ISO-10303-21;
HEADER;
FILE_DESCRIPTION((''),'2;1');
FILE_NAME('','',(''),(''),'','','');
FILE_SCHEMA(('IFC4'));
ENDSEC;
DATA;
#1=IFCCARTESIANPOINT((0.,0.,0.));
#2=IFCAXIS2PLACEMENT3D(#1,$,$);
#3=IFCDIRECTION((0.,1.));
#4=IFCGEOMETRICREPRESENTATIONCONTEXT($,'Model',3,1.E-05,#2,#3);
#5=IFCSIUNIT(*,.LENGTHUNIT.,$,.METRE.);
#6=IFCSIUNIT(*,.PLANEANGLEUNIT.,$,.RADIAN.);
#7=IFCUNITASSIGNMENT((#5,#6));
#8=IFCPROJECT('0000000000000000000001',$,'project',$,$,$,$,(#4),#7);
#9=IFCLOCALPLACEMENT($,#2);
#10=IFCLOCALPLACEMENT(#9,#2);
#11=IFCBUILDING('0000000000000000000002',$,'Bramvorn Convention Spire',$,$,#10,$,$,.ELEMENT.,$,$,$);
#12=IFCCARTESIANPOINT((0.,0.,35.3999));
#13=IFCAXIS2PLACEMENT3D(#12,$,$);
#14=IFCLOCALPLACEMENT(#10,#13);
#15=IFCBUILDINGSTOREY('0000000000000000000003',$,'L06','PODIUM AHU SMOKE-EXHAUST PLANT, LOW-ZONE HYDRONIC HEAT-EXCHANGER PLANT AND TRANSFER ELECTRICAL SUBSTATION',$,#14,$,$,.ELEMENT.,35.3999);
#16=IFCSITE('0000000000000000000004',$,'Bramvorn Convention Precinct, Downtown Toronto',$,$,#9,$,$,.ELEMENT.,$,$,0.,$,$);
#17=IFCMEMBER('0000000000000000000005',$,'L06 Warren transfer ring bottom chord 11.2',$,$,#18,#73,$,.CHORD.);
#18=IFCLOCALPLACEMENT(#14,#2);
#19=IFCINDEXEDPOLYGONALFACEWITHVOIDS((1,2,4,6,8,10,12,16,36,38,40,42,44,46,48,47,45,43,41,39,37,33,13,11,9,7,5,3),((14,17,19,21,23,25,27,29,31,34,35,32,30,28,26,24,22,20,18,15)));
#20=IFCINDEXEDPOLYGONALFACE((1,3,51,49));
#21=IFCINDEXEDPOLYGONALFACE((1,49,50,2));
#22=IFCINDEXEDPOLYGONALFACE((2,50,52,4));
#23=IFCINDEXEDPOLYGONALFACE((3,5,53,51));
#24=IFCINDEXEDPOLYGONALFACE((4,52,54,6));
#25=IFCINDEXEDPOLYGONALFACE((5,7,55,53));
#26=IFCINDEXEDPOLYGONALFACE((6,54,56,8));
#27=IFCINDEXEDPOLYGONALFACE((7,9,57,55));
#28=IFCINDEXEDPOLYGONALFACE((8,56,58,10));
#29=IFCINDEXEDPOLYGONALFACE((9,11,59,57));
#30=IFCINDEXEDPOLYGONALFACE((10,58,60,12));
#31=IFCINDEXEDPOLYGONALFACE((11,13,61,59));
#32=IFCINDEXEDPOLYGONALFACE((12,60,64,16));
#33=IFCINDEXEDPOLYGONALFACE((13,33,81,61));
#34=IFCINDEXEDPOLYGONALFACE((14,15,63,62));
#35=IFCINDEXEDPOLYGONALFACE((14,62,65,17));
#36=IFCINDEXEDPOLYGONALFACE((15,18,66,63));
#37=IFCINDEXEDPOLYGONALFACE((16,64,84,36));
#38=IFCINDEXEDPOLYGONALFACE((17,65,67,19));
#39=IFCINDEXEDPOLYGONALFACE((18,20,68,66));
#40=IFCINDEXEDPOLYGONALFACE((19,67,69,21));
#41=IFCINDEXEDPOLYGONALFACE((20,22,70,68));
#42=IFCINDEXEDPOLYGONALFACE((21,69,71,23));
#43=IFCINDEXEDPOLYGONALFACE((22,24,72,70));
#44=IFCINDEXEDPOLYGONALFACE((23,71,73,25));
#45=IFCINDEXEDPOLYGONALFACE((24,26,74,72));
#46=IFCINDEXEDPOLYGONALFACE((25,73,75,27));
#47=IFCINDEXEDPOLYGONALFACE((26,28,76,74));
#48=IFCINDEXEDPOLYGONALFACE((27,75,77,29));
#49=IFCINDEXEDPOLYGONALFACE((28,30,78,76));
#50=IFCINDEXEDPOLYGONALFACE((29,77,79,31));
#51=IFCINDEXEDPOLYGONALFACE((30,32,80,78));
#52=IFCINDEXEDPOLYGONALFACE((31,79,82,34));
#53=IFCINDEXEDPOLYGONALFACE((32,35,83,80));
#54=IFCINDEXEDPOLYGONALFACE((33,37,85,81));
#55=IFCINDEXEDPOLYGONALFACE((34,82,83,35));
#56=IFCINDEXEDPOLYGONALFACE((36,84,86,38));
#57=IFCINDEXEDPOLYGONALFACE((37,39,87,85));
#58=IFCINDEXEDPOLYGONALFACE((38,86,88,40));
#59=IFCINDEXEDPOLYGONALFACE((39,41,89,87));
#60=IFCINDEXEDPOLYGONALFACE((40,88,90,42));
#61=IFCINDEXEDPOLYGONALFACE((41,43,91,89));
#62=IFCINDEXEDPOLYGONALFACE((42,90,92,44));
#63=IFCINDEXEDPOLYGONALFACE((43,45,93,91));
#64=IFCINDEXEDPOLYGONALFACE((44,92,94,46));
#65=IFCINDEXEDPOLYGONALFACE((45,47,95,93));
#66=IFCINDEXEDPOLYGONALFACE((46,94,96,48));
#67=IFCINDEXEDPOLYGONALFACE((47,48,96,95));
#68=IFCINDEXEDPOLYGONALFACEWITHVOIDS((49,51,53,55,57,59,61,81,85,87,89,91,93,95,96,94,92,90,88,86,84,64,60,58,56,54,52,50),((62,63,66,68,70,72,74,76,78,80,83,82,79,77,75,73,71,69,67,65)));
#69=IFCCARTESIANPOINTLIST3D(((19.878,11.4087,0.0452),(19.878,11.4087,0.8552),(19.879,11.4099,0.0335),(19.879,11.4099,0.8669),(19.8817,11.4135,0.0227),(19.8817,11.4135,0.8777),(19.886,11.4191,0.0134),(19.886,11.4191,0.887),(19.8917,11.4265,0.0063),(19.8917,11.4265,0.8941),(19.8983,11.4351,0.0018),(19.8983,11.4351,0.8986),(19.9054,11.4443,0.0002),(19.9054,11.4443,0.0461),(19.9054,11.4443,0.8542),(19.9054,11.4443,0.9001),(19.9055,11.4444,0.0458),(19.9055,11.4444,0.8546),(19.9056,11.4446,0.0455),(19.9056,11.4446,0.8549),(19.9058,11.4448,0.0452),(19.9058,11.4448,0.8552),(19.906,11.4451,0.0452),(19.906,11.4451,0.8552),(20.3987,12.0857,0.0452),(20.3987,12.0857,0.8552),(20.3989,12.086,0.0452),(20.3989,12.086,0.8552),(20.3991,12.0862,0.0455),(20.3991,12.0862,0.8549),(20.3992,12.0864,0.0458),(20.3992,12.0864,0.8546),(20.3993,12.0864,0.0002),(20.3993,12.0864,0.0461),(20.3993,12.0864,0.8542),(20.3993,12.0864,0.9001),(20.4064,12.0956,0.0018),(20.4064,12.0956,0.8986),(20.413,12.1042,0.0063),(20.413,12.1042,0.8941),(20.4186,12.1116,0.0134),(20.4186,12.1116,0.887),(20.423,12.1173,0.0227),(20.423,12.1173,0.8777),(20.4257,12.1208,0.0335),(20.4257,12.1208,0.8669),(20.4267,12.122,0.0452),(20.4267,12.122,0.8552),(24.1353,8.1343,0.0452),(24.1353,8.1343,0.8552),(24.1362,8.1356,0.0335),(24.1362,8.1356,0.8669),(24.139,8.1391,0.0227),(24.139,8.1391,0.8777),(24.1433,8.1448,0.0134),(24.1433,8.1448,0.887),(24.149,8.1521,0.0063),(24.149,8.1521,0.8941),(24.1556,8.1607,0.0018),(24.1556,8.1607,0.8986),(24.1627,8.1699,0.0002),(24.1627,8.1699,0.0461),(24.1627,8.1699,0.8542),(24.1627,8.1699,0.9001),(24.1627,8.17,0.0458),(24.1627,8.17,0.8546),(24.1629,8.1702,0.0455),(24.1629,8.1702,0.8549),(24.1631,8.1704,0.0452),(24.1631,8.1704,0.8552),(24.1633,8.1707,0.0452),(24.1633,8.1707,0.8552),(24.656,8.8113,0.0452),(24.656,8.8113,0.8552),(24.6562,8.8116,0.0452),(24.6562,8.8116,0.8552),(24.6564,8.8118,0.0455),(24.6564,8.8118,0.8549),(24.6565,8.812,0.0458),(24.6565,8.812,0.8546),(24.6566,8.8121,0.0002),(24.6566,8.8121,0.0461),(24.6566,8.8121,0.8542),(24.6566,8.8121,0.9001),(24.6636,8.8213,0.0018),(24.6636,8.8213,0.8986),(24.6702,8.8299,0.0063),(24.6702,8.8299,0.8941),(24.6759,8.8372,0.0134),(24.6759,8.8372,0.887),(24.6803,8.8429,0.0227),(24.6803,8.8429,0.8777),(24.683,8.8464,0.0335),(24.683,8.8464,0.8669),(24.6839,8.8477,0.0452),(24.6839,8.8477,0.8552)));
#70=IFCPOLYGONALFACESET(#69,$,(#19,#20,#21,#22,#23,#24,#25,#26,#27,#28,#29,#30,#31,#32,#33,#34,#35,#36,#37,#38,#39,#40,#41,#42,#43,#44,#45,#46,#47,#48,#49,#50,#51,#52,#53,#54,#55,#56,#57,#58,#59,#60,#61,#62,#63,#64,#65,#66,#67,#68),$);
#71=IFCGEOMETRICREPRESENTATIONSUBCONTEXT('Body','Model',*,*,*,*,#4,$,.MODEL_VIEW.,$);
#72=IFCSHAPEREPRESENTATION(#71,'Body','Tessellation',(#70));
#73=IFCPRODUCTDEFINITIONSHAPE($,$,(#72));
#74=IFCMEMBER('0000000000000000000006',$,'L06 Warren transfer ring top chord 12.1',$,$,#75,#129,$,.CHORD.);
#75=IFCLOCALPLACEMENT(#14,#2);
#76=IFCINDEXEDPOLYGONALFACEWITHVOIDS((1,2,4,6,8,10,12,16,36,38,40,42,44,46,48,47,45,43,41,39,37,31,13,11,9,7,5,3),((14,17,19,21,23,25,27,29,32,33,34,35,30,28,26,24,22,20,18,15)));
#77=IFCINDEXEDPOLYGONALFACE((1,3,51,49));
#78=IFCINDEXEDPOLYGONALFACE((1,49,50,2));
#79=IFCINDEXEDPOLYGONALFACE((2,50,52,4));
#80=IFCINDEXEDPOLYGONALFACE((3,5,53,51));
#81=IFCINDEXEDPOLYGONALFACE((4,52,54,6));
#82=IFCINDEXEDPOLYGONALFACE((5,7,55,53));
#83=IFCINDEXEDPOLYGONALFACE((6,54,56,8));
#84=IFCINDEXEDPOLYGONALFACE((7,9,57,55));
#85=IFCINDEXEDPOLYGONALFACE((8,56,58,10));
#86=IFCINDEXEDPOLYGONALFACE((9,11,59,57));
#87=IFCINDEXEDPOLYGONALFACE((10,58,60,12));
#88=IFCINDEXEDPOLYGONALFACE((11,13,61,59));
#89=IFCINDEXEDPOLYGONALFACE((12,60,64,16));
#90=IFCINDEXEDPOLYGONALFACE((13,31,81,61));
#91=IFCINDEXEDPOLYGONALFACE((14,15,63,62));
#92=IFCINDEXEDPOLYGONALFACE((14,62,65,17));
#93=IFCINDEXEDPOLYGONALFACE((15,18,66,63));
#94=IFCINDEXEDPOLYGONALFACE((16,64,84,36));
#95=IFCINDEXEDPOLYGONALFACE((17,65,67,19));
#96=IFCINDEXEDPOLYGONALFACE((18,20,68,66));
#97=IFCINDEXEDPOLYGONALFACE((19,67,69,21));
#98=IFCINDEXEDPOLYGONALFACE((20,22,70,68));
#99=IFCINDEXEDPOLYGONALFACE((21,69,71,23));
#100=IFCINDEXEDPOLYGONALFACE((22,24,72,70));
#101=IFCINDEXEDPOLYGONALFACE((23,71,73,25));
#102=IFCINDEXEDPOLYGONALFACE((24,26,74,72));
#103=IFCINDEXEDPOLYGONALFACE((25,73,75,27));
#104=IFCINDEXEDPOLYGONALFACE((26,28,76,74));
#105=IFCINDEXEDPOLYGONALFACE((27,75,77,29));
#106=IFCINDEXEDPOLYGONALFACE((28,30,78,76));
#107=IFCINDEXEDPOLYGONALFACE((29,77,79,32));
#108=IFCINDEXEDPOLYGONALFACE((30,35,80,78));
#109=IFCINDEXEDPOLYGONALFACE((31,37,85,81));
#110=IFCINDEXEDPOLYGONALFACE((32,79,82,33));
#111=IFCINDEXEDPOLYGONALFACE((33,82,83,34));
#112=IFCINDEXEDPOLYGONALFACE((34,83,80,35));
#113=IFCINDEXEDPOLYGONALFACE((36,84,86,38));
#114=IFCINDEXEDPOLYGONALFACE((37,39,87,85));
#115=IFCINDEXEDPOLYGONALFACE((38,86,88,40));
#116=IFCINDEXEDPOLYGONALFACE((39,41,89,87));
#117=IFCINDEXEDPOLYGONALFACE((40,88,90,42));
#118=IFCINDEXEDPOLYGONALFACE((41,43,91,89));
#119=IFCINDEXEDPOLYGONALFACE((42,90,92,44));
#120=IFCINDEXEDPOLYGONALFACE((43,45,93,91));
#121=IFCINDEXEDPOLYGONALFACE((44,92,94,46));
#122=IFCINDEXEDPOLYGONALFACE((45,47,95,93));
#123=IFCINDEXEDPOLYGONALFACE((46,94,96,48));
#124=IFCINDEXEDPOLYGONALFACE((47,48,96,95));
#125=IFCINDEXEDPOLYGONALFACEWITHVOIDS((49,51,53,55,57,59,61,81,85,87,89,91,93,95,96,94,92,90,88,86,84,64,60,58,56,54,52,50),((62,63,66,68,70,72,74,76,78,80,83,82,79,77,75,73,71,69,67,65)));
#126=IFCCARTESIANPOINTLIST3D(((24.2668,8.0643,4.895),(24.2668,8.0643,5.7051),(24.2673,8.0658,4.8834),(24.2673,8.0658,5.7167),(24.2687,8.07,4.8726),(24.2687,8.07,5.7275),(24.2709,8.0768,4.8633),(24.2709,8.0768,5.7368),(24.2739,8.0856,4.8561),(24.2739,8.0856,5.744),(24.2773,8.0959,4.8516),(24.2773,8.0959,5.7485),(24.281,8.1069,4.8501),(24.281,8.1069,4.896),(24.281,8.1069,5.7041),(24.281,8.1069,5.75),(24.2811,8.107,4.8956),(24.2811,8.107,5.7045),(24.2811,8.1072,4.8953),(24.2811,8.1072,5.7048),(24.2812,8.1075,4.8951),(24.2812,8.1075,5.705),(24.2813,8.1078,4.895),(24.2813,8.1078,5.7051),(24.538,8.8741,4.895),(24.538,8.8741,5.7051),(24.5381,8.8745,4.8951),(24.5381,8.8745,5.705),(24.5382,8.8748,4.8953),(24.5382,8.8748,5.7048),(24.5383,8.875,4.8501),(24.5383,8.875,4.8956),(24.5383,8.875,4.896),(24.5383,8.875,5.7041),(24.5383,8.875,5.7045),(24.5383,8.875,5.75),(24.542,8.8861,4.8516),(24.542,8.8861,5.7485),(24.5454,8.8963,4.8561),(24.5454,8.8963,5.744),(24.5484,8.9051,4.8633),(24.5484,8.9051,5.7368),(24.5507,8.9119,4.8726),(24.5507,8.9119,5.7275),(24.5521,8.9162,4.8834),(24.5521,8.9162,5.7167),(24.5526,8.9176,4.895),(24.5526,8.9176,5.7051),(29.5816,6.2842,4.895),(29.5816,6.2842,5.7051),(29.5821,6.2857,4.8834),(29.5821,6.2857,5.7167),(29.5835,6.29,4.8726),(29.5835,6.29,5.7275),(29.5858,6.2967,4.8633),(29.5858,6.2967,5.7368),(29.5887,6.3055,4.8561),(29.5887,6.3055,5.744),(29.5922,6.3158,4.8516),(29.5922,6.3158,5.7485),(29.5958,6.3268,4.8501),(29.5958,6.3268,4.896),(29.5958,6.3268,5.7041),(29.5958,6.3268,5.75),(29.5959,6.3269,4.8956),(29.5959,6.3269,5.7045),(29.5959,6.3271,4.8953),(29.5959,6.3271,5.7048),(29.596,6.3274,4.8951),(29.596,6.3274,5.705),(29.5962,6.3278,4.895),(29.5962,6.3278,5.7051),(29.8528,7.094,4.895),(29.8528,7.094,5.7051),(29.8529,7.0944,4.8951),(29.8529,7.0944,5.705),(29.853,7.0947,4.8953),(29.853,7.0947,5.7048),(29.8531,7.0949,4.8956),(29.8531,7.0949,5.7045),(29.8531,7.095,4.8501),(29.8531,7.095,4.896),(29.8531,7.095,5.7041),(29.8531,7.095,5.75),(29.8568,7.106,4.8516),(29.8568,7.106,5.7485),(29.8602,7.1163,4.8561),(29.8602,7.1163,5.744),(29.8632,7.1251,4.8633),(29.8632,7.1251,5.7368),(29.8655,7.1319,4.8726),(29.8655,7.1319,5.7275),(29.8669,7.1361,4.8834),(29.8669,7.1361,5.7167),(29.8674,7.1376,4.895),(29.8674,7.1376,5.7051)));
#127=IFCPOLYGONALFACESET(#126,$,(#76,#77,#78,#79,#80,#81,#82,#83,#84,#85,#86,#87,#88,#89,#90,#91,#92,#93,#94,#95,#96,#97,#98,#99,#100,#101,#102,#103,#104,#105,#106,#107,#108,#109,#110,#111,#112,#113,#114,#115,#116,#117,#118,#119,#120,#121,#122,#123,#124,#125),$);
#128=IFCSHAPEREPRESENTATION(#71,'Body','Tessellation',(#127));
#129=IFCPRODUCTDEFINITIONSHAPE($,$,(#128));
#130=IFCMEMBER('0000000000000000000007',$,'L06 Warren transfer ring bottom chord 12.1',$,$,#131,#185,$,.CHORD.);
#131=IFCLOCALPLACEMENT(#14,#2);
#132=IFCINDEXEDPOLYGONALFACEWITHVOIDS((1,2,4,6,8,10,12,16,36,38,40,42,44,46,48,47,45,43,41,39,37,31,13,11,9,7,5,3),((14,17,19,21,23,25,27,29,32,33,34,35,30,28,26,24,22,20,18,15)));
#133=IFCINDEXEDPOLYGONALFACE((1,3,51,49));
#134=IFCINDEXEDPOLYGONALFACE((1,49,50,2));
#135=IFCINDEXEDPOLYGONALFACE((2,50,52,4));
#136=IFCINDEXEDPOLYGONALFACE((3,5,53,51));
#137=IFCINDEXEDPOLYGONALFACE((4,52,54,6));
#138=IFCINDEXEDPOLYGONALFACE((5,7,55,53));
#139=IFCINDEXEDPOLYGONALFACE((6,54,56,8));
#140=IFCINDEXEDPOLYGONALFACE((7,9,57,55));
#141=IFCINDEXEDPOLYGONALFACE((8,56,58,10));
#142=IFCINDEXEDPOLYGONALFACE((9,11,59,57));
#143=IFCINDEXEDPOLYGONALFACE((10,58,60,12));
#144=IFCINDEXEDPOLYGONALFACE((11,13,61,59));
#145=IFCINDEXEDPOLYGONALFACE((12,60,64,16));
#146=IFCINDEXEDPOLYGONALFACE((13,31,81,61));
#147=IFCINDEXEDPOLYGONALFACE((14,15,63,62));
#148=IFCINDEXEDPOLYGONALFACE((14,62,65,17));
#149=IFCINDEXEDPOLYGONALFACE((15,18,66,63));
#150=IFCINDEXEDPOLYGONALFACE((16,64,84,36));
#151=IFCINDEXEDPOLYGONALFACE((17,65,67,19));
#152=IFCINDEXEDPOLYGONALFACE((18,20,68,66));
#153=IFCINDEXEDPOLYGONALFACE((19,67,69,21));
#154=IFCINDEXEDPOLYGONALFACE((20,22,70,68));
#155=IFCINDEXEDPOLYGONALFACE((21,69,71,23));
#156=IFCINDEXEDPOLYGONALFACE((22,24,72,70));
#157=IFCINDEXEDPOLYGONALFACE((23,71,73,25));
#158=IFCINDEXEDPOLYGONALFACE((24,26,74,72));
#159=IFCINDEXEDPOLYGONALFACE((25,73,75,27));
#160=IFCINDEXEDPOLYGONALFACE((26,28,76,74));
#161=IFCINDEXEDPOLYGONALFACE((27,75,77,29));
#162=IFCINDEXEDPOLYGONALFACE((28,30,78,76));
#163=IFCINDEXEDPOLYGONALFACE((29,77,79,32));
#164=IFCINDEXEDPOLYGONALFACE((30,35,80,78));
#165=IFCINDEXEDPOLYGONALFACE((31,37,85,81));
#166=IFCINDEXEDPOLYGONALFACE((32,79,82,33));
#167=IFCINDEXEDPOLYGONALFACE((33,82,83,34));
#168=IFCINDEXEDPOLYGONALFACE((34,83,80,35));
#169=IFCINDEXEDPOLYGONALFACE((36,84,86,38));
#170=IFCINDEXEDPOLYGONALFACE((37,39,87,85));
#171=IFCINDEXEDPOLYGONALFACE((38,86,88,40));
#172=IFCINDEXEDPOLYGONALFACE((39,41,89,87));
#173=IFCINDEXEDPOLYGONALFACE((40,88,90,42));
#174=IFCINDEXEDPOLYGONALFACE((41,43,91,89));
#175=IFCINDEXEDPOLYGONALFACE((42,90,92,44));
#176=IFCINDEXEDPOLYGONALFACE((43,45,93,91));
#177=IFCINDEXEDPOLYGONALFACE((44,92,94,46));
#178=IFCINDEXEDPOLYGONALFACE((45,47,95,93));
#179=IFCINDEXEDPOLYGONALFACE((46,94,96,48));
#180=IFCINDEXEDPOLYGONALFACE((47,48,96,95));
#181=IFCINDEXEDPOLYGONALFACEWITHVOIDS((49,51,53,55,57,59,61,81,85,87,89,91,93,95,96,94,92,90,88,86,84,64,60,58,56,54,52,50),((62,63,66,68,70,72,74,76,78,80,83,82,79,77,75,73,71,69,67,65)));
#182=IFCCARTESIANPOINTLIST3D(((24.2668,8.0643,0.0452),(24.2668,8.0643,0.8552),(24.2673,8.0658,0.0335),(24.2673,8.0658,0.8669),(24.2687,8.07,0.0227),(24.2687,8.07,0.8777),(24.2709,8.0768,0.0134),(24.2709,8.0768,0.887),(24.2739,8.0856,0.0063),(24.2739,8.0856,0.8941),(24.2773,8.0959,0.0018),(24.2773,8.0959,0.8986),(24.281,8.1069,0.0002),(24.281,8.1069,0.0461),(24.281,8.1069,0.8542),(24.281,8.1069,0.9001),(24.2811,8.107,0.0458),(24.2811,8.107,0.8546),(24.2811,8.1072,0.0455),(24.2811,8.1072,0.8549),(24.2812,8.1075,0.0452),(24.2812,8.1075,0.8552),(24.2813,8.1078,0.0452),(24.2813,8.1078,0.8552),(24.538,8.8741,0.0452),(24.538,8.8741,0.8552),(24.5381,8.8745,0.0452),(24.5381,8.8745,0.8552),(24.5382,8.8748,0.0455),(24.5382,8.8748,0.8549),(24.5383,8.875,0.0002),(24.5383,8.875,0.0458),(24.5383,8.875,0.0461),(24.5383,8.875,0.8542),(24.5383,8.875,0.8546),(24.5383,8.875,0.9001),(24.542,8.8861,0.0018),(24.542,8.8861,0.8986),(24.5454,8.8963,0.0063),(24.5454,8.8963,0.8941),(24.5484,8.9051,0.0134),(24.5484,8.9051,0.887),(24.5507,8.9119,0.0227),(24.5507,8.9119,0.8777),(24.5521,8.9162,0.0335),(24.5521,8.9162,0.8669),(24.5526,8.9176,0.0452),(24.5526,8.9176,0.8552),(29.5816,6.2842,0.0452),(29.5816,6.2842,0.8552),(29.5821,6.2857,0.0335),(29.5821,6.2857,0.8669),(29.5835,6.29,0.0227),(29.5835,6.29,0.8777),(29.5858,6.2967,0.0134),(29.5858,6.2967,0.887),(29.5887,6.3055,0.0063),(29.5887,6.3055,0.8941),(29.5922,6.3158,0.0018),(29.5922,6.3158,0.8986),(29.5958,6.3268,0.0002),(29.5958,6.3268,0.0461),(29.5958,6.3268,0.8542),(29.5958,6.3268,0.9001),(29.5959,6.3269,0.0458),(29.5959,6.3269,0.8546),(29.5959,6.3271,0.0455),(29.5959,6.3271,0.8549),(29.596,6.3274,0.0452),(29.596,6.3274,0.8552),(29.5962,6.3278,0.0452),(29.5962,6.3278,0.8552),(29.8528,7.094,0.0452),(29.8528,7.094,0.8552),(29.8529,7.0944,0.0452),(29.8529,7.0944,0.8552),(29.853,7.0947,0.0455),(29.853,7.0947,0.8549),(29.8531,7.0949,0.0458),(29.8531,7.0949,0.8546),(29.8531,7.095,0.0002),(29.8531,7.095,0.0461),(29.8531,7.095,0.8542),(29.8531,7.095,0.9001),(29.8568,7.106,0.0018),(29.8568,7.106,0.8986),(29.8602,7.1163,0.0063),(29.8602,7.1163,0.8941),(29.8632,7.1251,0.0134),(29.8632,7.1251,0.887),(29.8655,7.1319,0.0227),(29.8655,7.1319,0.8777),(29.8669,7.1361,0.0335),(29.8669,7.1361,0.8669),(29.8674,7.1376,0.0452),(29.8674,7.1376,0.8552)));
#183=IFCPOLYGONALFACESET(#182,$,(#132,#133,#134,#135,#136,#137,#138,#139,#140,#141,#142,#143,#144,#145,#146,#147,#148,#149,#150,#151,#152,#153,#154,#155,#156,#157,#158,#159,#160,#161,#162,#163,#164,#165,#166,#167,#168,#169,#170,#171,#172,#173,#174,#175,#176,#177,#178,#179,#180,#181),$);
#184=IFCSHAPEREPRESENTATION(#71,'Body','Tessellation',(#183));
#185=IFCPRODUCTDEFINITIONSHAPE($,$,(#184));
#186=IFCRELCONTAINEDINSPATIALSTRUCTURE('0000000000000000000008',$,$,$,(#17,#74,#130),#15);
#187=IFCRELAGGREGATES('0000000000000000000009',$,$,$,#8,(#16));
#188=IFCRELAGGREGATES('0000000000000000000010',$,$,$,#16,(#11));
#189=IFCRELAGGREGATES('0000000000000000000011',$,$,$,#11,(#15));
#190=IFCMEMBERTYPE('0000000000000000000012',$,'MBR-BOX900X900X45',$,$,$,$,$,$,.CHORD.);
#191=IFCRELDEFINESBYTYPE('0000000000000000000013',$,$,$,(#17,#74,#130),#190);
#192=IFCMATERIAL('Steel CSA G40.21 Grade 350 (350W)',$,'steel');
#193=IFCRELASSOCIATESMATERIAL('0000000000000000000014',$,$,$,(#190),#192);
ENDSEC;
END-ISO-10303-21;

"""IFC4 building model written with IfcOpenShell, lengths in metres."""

from ifc_helpers import new_model, si_unit, direction, frame, origin, origin_2d, place, context, subcontext, project, spatial, hollow_rectangle, extrude, material, material_profile, profile_set, type_object, element, save


model = new_model("IFC4")

# Units and contexts
model_context = context("Model", 3, precision=1e-05, world=origin(), true_north=direction((0.0, 1.0)))
body_context = subcontext(model_context, "Body", "Model", "MODEL_VIEW")
ifc_project = project(units=[si_unit("LENGTHUNIT", "METRE"), si_unit("PLANEANGLEUNIT", "RADIAN")], contexts=[model_context])

# Site, building, storey
site_placement = place(None, origin())
site = spatial("IfcSite", under=ifc_project, at=site_placement, Name="Bramvorn Convention Precinct, Downtown Toronto", CompositionType="ELEMENT", RefElevation=0.0)
building_placement = place(site_placement, origin())
building = spatial("IfcBuilding", under=site, at=building_placement, Name="Bramvorn Convention Spire", CompositionType="ELEMENT")
storey_placement = place(building_placement, frame((0.0, 0.0, 35.3999)))
storey = spatial("IfcBuildingStorey", under=building, at=storey_placement, Name="L06", Description="PODIUM AHU SMOKE-EXHAUST PLANT, LOW-ZONE HYDRONIC HEAT-EXCHANGER PLANT AND TRANSFER ELECTRICAL SUBSTATION", CompositionType="ELEMENT", Elevation=35.3999)

# Shared definitions
ifc_material_1 = material(Name="Steel CSA G40.21 Grade 350 (350W)", Category="steel")

# Members
ifc_material_profile_1 = material_profile(ifc_material_1, hollow_rectangle(XDim=0.8999, YDim=0.8999, WallThickness=0.0449, InnerFilletRadius=0.001, OuterFilletRadius=0.0449, at=origin_2d()))
ifc_profile_set_1 = profile_set([ifc_material_profile_1], Name="Steel CSA G40.21 Grade 350 (350W) - BOX900X900X45")
member_type_1 = type_object("IfcMemberType", Name="MBR-BOX900X900X45", PredefinedType="CHORD", material=ifc_profile_set_1)
for number, where, z_axis, x_axis, name in (
    (1, (20.1523, 11.7654, 0.4502), (0.792665, -0.609658, 0.0), (0.609658, 0.792665, 0.0), "L06 Warren transfer ring bottom chord 11.2"),
):
    element("IfcMember", number, at=place(storey_placement, frame(where, z_axis=z_axis, x_axis=x_axis)), inside=storey, type_object=member_type_1, Name=name, PredefinedType="CHORD", context=body_context, shape_type="SweptSolid", body=[
        extrude(hollow_rectangle(XDim=0.8999, YDim=0.8999, WallThickness=0.0449, InnerFilletRadius=0.001, OuterFilletRadius=0.0449, at=origin_2d()), origin(), (0.0, 0.0, 1.0), 5.3708),
    ])
for number, where, z_axis, x_axis, name in (
    (2, (24.4097, 8.491, 5.3), (0.948229, -0.317586, 0.0), (0.317586, 0.948229, 0.0), "L06 Warren transfer ring top chord 12.1"),
    (3, (24.4097, 8.491, 0.4502), (0.948229, -0.317586, 0.0), (0.317586, 0.948229, 0.0), "L06 Warren transfer ring bottom chord 12.1"),
):
    element("IfcMember", number, at=place(storey_placement, frame(where, z_axis=z_axis, x_axis=x_axis)), inside=storey, type_object=member_type_1, Name=name, PredefinedType="CHORD", context=body_context, shape_type="SweptSolid", body=[
        extrude(hollow_rectangle(XDim=0.8999, YDim=0.8999, WallThickness=0.0449, InnerFilletRadius=0.001, OuterFilletRadius=0.0449, at=origin_2d()), origin(), (0.0, 0.0, 1.0), 5.605),
    ])

save(model, "model.ifc")
